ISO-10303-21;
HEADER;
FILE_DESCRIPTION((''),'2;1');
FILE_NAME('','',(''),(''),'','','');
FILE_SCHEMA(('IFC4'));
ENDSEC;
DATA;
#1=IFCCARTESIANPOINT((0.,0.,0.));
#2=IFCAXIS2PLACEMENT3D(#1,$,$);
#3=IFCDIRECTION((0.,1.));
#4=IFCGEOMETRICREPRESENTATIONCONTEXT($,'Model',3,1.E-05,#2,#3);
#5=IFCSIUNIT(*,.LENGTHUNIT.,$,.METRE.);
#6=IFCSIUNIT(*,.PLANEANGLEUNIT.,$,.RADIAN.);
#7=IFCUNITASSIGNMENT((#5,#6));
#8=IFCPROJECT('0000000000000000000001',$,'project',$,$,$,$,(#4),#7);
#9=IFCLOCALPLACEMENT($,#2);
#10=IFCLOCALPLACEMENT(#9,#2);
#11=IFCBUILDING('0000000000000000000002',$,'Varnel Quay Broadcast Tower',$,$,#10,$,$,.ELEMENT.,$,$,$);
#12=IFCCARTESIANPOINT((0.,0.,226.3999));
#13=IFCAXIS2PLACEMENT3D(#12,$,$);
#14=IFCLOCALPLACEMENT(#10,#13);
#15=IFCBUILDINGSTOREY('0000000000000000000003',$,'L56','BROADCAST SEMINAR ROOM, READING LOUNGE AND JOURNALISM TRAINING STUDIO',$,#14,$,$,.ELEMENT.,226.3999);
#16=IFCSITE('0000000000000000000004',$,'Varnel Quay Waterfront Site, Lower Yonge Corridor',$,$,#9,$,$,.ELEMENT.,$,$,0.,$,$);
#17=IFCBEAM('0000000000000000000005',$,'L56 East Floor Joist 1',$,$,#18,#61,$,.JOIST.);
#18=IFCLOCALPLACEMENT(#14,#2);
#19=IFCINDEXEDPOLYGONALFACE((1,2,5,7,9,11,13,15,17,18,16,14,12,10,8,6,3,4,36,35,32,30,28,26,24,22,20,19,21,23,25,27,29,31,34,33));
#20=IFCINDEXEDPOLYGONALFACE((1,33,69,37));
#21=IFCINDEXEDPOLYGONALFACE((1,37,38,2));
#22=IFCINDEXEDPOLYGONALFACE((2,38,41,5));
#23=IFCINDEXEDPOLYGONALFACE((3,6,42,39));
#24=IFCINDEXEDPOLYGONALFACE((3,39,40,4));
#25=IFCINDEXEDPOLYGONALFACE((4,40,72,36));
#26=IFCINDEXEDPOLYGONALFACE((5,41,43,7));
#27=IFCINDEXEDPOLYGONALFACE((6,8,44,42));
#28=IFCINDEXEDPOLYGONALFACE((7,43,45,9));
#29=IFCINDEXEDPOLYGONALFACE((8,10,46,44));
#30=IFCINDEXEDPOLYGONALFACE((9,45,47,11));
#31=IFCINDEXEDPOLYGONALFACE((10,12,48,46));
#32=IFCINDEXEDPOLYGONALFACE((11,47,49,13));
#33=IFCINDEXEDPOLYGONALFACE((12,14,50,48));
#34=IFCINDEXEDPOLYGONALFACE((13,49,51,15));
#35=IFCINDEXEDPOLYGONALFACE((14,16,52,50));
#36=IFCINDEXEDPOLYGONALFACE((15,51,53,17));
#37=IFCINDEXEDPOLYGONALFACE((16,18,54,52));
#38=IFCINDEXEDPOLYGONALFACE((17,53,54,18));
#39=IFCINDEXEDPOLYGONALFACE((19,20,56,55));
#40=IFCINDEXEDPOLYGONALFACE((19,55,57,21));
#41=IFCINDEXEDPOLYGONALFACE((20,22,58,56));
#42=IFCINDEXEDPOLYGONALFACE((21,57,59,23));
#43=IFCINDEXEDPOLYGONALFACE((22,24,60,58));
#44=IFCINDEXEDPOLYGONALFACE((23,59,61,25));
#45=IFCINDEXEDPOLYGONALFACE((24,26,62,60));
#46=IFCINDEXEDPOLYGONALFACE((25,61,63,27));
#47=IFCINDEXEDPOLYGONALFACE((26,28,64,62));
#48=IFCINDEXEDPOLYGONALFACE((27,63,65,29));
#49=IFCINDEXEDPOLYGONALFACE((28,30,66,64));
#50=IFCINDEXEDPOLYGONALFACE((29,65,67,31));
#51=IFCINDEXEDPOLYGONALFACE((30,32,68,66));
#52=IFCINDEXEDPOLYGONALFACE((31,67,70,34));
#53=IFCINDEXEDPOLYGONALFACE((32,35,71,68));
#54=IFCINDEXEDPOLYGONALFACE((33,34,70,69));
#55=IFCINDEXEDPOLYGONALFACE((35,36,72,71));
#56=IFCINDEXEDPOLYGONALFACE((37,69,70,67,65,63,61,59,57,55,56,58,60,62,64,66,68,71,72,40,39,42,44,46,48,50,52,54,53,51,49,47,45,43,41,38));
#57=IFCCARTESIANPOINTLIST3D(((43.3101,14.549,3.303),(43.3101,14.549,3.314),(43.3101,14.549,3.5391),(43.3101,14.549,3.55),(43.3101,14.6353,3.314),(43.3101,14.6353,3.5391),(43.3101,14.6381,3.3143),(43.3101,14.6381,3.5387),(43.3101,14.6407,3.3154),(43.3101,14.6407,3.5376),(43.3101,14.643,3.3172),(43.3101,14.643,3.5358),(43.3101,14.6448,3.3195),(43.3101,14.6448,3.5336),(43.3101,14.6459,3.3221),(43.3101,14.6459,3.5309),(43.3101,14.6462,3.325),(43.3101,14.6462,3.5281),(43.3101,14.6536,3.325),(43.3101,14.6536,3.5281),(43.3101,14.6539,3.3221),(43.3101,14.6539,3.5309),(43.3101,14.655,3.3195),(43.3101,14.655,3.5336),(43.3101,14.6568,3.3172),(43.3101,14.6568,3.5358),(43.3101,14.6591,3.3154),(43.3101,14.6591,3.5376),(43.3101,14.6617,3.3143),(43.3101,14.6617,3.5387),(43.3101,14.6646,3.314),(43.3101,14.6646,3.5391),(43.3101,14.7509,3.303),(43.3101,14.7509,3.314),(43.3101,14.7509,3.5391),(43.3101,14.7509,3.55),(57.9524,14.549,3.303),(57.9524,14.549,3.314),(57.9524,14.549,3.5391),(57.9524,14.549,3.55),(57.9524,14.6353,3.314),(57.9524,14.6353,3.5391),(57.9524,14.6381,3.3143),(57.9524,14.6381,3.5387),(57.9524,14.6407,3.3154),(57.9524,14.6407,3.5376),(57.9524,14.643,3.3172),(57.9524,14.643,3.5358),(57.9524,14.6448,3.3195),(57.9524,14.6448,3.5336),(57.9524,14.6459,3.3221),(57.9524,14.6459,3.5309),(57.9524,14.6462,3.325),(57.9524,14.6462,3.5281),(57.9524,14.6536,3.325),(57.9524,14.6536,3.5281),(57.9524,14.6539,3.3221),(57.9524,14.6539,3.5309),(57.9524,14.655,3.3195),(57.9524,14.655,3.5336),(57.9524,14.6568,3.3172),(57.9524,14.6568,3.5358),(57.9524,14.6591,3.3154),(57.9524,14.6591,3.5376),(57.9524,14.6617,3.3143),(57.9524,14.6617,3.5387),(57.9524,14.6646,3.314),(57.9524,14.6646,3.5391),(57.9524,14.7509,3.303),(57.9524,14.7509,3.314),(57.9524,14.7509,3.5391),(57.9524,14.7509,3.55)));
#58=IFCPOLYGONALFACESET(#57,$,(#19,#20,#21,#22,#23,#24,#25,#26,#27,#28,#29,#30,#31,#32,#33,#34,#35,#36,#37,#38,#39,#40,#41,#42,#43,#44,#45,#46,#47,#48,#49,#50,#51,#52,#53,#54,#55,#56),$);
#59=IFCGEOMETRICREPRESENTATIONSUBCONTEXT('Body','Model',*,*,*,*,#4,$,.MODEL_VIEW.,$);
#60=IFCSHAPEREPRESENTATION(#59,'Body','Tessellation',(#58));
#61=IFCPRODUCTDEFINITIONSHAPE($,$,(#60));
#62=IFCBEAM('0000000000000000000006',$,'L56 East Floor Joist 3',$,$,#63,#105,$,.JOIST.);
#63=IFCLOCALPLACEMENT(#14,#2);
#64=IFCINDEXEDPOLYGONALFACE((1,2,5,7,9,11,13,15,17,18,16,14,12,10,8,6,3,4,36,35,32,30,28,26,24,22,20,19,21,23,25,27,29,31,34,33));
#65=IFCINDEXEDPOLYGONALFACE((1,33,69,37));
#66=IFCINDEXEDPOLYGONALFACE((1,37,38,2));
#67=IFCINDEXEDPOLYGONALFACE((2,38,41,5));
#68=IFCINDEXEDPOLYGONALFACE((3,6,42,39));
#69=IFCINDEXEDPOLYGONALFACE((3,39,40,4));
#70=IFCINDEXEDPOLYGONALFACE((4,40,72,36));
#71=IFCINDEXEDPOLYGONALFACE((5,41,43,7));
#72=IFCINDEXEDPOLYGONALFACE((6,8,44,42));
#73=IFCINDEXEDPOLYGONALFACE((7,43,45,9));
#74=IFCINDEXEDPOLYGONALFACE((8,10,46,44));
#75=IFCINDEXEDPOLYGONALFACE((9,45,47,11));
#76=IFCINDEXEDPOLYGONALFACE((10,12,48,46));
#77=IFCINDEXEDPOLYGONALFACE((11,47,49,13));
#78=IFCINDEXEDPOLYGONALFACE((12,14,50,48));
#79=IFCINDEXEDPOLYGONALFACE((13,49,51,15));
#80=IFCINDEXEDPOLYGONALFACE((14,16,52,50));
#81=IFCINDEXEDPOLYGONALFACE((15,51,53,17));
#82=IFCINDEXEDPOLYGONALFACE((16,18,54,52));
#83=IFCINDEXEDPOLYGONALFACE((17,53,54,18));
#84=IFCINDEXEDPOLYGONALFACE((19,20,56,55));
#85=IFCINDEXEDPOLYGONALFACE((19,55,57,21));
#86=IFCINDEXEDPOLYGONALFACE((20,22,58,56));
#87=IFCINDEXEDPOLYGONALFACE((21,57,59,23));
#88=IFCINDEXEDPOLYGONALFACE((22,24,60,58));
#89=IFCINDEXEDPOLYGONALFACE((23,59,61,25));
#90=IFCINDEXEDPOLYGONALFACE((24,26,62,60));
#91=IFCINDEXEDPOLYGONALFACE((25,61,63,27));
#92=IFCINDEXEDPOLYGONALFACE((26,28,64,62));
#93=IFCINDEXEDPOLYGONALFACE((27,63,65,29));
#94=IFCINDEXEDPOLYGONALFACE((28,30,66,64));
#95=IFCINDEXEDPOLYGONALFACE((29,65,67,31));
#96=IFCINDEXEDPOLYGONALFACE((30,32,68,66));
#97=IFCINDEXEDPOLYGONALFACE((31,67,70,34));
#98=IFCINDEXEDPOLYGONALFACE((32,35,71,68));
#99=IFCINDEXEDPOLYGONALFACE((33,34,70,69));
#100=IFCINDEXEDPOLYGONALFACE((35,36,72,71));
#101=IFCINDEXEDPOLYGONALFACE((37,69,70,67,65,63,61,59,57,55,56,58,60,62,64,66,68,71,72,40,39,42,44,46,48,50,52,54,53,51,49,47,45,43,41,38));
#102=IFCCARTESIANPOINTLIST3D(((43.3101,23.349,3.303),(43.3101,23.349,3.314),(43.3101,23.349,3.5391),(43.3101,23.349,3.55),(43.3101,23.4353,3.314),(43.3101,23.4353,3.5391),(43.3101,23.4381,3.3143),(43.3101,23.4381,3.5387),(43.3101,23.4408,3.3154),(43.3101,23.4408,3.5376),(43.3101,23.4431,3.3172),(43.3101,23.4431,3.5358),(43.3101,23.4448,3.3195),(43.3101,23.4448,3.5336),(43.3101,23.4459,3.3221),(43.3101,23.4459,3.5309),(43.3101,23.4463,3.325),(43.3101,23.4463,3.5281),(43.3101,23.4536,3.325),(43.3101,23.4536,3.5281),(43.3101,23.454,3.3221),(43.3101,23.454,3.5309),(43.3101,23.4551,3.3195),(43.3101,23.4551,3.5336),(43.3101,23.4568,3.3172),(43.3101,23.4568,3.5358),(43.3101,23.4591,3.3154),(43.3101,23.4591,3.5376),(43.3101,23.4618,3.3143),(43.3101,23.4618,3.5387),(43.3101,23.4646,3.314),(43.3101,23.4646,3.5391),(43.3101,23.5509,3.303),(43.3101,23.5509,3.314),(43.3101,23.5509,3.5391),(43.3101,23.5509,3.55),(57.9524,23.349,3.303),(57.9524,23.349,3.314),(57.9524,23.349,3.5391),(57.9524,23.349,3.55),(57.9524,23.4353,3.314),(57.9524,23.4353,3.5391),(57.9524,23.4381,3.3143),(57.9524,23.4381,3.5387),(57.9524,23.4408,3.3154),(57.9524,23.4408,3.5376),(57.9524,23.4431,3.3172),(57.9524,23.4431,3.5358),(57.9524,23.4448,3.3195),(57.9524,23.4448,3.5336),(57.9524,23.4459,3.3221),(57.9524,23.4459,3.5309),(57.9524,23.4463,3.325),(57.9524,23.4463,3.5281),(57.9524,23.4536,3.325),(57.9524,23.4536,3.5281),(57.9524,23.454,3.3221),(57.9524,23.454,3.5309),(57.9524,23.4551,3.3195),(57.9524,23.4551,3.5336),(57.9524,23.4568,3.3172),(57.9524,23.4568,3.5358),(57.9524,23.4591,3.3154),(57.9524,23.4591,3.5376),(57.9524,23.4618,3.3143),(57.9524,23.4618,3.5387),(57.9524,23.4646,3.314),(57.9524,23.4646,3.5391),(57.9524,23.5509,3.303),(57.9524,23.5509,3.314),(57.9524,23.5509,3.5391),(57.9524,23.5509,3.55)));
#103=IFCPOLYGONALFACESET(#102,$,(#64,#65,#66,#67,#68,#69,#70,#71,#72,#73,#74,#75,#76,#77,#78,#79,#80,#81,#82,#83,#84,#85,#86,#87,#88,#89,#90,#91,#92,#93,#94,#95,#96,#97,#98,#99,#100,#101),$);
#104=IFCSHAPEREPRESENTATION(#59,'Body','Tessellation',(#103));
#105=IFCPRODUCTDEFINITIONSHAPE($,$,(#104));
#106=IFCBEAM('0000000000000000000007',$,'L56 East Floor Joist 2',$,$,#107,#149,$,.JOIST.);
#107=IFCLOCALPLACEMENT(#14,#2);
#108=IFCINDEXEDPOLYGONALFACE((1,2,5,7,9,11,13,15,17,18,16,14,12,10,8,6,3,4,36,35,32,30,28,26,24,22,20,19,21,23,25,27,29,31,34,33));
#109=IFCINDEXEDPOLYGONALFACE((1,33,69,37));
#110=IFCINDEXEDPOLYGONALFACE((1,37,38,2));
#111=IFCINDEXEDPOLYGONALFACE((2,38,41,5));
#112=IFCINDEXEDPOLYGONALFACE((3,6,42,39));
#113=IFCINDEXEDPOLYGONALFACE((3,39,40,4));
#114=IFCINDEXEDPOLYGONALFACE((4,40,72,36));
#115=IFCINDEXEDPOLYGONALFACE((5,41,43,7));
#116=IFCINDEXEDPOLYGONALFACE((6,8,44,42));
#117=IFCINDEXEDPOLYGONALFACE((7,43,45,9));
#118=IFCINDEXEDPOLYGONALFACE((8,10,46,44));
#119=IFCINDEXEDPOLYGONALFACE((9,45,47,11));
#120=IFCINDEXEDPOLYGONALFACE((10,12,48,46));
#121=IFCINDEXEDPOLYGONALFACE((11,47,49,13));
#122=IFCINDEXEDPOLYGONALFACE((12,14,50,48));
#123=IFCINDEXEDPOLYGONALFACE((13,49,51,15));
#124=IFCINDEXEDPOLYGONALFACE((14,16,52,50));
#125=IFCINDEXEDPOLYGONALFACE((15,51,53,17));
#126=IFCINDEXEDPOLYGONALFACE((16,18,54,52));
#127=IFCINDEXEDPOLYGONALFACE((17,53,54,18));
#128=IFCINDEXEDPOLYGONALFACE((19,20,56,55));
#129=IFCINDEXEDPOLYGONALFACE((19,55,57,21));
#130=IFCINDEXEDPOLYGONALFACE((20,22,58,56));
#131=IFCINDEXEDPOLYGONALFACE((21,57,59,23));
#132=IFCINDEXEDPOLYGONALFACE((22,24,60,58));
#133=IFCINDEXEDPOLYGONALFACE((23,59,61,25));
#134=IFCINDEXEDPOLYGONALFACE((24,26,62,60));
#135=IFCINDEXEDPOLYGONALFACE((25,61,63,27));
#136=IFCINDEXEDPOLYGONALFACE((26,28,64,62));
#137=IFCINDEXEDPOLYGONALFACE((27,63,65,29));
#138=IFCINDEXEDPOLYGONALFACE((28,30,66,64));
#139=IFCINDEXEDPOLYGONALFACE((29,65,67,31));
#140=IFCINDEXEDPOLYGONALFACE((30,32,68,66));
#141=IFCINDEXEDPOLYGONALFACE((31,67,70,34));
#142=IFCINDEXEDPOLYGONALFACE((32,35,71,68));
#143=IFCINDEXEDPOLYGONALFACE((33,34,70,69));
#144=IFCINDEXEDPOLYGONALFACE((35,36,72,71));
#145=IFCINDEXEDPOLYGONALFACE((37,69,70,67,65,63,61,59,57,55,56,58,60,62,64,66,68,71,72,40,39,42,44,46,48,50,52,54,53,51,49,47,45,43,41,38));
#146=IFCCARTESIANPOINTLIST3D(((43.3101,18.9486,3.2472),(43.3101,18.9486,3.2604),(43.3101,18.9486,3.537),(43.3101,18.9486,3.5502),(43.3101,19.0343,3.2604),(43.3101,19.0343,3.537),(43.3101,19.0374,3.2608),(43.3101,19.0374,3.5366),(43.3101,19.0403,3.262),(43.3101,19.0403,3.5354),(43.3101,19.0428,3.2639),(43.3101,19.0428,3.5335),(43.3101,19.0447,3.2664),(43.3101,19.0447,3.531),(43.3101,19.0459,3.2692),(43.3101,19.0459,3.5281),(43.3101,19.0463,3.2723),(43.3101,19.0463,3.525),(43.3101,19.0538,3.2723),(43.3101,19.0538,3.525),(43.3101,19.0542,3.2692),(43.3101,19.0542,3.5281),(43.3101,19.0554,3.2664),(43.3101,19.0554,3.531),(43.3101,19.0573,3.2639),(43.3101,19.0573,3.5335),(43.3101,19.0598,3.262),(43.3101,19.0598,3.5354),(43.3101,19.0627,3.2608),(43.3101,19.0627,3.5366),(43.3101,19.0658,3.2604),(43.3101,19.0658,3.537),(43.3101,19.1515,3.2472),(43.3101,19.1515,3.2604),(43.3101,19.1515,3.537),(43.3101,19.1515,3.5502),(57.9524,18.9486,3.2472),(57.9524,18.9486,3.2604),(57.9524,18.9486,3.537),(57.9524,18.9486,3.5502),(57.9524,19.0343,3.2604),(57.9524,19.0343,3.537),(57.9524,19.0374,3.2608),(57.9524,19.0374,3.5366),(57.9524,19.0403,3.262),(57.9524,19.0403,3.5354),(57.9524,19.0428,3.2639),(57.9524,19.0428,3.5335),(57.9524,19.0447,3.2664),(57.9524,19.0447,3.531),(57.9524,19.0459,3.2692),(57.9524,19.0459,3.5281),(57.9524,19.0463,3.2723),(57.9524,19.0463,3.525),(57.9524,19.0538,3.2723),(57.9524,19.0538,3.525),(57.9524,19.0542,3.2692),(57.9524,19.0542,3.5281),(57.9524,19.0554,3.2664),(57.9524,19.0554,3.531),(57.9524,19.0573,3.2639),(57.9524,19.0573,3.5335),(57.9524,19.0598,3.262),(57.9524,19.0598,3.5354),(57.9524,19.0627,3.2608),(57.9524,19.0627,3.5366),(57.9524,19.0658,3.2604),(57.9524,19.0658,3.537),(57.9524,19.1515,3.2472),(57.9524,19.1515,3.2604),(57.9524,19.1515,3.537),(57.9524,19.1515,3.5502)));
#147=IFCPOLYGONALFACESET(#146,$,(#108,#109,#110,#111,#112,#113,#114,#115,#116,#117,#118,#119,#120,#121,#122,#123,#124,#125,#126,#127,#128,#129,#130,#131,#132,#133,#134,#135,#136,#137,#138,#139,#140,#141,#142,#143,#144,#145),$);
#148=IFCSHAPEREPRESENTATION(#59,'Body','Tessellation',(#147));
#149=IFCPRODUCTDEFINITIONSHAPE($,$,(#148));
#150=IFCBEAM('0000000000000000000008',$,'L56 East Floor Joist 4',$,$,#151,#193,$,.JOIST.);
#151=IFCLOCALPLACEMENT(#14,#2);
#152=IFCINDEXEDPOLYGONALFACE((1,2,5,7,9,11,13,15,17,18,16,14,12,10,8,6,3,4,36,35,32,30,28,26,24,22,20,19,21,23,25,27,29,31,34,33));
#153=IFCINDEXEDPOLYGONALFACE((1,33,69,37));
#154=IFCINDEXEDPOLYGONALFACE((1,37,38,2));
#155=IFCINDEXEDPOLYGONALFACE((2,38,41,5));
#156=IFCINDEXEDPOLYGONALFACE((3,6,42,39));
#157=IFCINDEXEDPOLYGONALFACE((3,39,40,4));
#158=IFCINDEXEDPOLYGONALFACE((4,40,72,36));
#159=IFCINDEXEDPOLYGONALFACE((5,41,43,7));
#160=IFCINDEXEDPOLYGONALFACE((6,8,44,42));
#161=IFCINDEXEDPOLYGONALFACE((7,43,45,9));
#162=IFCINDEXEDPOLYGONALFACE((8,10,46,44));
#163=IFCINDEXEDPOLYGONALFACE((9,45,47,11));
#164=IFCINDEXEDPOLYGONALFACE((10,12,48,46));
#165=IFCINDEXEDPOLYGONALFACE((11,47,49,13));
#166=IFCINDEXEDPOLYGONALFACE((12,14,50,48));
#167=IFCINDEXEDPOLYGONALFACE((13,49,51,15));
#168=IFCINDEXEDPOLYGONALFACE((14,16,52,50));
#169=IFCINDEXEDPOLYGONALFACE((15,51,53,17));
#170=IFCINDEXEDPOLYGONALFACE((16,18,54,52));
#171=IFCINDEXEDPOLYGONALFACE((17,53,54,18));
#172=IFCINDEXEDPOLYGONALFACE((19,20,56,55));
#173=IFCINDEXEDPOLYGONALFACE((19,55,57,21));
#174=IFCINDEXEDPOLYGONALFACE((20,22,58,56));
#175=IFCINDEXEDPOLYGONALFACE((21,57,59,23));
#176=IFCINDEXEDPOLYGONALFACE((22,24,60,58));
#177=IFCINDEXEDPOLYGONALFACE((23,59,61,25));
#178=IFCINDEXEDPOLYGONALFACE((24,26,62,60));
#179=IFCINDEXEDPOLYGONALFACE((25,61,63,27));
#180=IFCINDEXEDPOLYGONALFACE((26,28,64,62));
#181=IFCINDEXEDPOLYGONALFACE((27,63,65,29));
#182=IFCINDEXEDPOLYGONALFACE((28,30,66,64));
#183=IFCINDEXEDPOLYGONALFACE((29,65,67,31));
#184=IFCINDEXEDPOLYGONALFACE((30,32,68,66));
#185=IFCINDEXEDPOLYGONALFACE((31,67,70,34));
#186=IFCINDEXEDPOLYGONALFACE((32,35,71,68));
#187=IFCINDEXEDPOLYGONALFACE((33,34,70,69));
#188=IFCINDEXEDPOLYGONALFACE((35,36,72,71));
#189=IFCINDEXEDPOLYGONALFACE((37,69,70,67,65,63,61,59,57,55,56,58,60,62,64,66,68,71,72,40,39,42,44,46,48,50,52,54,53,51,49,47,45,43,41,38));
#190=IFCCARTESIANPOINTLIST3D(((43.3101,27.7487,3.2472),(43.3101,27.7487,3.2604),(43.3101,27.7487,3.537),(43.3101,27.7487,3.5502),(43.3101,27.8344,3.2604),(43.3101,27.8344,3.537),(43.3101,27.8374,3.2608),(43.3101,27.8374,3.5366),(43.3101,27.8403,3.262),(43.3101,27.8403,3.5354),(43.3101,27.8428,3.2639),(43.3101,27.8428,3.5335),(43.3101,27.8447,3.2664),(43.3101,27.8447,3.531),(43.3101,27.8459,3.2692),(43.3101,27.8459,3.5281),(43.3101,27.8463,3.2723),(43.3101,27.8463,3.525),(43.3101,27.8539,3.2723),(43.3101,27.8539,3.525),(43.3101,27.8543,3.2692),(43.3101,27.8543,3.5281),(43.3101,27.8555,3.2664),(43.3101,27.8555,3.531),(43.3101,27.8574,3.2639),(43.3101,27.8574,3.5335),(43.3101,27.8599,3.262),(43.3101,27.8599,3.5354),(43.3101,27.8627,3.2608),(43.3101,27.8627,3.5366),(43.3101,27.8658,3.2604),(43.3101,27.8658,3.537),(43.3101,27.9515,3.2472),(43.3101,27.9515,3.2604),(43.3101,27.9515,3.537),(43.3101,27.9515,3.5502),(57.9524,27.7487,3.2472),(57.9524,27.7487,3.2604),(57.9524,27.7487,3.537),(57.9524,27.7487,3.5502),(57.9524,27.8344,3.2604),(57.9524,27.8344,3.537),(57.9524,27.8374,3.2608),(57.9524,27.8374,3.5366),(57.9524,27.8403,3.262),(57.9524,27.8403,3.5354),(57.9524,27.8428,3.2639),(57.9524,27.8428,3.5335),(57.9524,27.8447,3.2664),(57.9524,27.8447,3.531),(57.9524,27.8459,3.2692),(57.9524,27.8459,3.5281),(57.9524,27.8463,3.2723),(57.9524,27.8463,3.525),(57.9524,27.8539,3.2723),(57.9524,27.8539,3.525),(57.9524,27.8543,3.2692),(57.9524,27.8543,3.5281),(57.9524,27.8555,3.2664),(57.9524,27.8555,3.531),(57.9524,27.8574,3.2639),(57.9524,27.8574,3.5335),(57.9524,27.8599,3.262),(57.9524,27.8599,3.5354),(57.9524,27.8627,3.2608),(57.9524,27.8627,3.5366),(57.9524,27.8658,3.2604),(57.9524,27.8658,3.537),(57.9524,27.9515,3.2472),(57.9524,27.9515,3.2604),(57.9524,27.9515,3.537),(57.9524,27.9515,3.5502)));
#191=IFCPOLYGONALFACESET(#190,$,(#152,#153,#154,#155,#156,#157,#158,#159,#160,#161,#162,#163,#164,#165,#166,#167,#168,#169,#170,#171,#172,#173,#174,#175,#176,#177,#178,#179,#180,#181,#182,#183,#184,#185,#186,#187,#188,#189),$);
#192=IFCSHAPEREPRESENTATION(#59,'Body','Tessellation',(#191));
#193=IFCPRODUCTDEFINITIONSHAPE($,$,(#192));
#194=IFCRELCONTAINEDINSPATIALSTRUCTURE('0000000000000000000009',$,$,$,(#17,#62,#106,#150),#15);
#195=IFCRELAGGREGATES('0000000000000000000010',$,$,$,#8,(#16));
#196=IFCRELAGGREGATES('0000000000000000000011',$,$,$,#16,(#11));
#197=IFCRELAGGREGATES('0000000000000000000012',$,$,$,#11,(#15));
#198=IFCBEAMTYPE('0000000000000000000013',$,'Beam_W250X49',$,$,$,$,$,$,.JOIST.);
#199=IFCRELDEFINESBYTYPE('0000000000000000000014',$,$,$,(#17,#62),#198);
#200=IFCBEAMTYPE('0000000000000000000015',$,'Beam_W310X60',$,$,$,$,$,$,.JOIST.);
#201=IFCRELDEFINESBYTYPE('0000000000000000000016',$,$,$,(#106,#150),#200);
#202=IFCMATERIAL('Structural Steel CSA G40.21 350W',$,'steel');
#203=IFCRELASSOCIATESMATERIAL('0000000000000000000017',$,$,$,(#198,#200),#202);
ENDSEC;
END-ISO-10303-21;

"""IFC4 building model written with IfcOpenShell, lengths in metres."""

from ifc_helpers import new_model, si_unit, direction, frame, origin, origin_2d, place, context, subcontext, project, spatial, i_section, extrude, source, transform, mapped, material, material_profile, profile_set, type_object, type_shapes, element, save


model = new_model("IFC4")

# Units and contexts
model_context = context("Model", 3, precision=1e-05, world=origin(), true_north=direction((0.0, 1.0)))
body_context = subcontext(model_context, "Body", "Model", "MODEL_VIEW")
ifc_project = project(units=[si_unit("LENGTHUNIT", "METRE"), si_unit("PLANEANGLEUNIT", "RADIAN")], contexts=[model_context])

# Site, building, storey
site_placement = place(None, origin())
site = spatial("IfcSite", under=ifc_project, at=site_placement, Name="Varnel Quay Waterfront Site, Lower Yonge Corridor", CompositionType="ELEMENT", RefElevation=0.0)
building_placement = place(site_placement, origin())
building = spatial("IfcBuilding", under=site, at=building_placement, Name="Varnel Quay Broadcast Tower", CompositionType="ELEMENT")
storey_placement = place(building_placement, frame((0.0, 0.0, 226.3999)))
storey = spatial("IfcBuildingStorey", under=building, at=storey_placement, Name="L56", Description="BROADCAST SEMINAR ROOM, READING LOUNGE AND JOURNALISM TRAINING STUDIO", CompositionType="ELEMENT", Elevation=226.3999)

# Shared definitions
ifc_material_1 = material(Name="Structural Steel CSA G40.21 350W", Category="steel")

# Beams
ifc_material_profile_1 = material_profile(ifc_material_1, i_section(OverallWidth=0.2019, OverallDepth=0.2471, WebThickness=0.0073, FlangeThickness=0.011, FilletRadius=0.011, at=origin_2d()), Name="W250X49")
ifc_profile_set_1 = profile_set([ifc_material_profile_1], Name="Structural Steel CSA G40.21 350W")
beam_type_1 = type_object("IfcBeamType", Name="Beam_W250X49", PredefinedType="JOIST", material=ifc_profile_set_1)
shared_shape_1 = source(origin(), body_context, "Body", "SweptSolid", [
    extrude(i_section(OverallWidth=0.2019, OverallDepth=0.2471, WebThickness=0.0073, FlangeThickness=0.011, FilletRadius=0.011, at=origin_2d()), origin(), (0.0, 0.0, 1.0), 14.6423),
])
type_shapes(beam_type_1, [shared_shape_1])
for number, where, z_axis, x_axis, name in (
    (1, (43.3101, 14.6499, 3.4265), (1.0, 0.0, 0.0), (0.0, 1.0, 0.0), "L56 East Floor Joist 1"),
    (2, (43.3101, 23.45, 3.4265), (1.0, 0.0, 0.0), (0.0, 1.0, 0.0), "L56 East Floor Joist 3"),
):
    element("IfcBeam", number, at=place(storey_placement, frame(where, z_axis=z_axis, x_axis=x_axis)), inside=storey, type_object=beam_type_1, Name=name, PredefinedType="JOIST", context=body_context, shape_type="MappedRepresentation", body=[
        mapped(shared_shape_1, transform((0.0, 0.0, 0.0), x_axis=(1.0, 0.0, 0.0), y_axis=(0.0, 1.0, 0.0), z_axis=(0.0, 0.0, 1.0), scale=1.0)),
    ])
ifc_material_profile_2 = material_profile(ifc_material_1, i_section(OverallWidth=0.2029, OverallDepth=0.303, WebThickness=0.0076, FlangeThickness=0.0132, FilletRadius=0.012, at=origin_2d()), Name="W310X60")
ifc_profile_set_2 = profile_set([ifc_material_profile_2], Name="Structural Steel CSA G40.21 350W")
beam_type_2 = type_object("IfcBeamType", Name="Beam_W310X60", PredefinedType="JOIST", material=ifc_profile_set_2)
shared_shape_2 = source(origin(), body_context, "Body", "SweptSolid", [
    extrude(i_section(OverallWidth=0.2029, OverallDepth=0.303, WebThickness=0.0076, FlangeThickness=0.0132, FilletRadius=0.012, at=origin_2d()), origin(), (0.0, 0.0, 1.0), 14.6423),
])
type_shapes(beam_type_2, [shared_shape_2])
for number, where, z_axis, x_axis, name in (
    (3, (43.3101, 19.05, 3.3987), (1.0, 0.0, 0.0), (0.0, 1.0, 0.0), "L56 East Floor Joist 2"),
    (4, (43.3101, 27.8501, 3.3987), (1.0, 0.0, 0.0), (0.0, 1.0, 0.0), "L56 East Floor Joist 4"),
):
    element("IfcBeam", number, at=place(storey_placement, frame(where, z_axis=z_axis, x_axis=x_axis)), inside=storey, type_object=beam_type_2, Name=name, PredefinedType="JOIST", context=body_context, shape_type="MappedRepresentation", body=[
        mapped(shared_shape_2, transform((0.0, 0.0, 0.0), x_axis=(1.0, 0.0, 0.0), y_axis=(0.0, 1.0, 0.0), z_axis=(0.0, 0.0, 1.0), scale=1.0)),
    ])

save(model, "model.ifc")
